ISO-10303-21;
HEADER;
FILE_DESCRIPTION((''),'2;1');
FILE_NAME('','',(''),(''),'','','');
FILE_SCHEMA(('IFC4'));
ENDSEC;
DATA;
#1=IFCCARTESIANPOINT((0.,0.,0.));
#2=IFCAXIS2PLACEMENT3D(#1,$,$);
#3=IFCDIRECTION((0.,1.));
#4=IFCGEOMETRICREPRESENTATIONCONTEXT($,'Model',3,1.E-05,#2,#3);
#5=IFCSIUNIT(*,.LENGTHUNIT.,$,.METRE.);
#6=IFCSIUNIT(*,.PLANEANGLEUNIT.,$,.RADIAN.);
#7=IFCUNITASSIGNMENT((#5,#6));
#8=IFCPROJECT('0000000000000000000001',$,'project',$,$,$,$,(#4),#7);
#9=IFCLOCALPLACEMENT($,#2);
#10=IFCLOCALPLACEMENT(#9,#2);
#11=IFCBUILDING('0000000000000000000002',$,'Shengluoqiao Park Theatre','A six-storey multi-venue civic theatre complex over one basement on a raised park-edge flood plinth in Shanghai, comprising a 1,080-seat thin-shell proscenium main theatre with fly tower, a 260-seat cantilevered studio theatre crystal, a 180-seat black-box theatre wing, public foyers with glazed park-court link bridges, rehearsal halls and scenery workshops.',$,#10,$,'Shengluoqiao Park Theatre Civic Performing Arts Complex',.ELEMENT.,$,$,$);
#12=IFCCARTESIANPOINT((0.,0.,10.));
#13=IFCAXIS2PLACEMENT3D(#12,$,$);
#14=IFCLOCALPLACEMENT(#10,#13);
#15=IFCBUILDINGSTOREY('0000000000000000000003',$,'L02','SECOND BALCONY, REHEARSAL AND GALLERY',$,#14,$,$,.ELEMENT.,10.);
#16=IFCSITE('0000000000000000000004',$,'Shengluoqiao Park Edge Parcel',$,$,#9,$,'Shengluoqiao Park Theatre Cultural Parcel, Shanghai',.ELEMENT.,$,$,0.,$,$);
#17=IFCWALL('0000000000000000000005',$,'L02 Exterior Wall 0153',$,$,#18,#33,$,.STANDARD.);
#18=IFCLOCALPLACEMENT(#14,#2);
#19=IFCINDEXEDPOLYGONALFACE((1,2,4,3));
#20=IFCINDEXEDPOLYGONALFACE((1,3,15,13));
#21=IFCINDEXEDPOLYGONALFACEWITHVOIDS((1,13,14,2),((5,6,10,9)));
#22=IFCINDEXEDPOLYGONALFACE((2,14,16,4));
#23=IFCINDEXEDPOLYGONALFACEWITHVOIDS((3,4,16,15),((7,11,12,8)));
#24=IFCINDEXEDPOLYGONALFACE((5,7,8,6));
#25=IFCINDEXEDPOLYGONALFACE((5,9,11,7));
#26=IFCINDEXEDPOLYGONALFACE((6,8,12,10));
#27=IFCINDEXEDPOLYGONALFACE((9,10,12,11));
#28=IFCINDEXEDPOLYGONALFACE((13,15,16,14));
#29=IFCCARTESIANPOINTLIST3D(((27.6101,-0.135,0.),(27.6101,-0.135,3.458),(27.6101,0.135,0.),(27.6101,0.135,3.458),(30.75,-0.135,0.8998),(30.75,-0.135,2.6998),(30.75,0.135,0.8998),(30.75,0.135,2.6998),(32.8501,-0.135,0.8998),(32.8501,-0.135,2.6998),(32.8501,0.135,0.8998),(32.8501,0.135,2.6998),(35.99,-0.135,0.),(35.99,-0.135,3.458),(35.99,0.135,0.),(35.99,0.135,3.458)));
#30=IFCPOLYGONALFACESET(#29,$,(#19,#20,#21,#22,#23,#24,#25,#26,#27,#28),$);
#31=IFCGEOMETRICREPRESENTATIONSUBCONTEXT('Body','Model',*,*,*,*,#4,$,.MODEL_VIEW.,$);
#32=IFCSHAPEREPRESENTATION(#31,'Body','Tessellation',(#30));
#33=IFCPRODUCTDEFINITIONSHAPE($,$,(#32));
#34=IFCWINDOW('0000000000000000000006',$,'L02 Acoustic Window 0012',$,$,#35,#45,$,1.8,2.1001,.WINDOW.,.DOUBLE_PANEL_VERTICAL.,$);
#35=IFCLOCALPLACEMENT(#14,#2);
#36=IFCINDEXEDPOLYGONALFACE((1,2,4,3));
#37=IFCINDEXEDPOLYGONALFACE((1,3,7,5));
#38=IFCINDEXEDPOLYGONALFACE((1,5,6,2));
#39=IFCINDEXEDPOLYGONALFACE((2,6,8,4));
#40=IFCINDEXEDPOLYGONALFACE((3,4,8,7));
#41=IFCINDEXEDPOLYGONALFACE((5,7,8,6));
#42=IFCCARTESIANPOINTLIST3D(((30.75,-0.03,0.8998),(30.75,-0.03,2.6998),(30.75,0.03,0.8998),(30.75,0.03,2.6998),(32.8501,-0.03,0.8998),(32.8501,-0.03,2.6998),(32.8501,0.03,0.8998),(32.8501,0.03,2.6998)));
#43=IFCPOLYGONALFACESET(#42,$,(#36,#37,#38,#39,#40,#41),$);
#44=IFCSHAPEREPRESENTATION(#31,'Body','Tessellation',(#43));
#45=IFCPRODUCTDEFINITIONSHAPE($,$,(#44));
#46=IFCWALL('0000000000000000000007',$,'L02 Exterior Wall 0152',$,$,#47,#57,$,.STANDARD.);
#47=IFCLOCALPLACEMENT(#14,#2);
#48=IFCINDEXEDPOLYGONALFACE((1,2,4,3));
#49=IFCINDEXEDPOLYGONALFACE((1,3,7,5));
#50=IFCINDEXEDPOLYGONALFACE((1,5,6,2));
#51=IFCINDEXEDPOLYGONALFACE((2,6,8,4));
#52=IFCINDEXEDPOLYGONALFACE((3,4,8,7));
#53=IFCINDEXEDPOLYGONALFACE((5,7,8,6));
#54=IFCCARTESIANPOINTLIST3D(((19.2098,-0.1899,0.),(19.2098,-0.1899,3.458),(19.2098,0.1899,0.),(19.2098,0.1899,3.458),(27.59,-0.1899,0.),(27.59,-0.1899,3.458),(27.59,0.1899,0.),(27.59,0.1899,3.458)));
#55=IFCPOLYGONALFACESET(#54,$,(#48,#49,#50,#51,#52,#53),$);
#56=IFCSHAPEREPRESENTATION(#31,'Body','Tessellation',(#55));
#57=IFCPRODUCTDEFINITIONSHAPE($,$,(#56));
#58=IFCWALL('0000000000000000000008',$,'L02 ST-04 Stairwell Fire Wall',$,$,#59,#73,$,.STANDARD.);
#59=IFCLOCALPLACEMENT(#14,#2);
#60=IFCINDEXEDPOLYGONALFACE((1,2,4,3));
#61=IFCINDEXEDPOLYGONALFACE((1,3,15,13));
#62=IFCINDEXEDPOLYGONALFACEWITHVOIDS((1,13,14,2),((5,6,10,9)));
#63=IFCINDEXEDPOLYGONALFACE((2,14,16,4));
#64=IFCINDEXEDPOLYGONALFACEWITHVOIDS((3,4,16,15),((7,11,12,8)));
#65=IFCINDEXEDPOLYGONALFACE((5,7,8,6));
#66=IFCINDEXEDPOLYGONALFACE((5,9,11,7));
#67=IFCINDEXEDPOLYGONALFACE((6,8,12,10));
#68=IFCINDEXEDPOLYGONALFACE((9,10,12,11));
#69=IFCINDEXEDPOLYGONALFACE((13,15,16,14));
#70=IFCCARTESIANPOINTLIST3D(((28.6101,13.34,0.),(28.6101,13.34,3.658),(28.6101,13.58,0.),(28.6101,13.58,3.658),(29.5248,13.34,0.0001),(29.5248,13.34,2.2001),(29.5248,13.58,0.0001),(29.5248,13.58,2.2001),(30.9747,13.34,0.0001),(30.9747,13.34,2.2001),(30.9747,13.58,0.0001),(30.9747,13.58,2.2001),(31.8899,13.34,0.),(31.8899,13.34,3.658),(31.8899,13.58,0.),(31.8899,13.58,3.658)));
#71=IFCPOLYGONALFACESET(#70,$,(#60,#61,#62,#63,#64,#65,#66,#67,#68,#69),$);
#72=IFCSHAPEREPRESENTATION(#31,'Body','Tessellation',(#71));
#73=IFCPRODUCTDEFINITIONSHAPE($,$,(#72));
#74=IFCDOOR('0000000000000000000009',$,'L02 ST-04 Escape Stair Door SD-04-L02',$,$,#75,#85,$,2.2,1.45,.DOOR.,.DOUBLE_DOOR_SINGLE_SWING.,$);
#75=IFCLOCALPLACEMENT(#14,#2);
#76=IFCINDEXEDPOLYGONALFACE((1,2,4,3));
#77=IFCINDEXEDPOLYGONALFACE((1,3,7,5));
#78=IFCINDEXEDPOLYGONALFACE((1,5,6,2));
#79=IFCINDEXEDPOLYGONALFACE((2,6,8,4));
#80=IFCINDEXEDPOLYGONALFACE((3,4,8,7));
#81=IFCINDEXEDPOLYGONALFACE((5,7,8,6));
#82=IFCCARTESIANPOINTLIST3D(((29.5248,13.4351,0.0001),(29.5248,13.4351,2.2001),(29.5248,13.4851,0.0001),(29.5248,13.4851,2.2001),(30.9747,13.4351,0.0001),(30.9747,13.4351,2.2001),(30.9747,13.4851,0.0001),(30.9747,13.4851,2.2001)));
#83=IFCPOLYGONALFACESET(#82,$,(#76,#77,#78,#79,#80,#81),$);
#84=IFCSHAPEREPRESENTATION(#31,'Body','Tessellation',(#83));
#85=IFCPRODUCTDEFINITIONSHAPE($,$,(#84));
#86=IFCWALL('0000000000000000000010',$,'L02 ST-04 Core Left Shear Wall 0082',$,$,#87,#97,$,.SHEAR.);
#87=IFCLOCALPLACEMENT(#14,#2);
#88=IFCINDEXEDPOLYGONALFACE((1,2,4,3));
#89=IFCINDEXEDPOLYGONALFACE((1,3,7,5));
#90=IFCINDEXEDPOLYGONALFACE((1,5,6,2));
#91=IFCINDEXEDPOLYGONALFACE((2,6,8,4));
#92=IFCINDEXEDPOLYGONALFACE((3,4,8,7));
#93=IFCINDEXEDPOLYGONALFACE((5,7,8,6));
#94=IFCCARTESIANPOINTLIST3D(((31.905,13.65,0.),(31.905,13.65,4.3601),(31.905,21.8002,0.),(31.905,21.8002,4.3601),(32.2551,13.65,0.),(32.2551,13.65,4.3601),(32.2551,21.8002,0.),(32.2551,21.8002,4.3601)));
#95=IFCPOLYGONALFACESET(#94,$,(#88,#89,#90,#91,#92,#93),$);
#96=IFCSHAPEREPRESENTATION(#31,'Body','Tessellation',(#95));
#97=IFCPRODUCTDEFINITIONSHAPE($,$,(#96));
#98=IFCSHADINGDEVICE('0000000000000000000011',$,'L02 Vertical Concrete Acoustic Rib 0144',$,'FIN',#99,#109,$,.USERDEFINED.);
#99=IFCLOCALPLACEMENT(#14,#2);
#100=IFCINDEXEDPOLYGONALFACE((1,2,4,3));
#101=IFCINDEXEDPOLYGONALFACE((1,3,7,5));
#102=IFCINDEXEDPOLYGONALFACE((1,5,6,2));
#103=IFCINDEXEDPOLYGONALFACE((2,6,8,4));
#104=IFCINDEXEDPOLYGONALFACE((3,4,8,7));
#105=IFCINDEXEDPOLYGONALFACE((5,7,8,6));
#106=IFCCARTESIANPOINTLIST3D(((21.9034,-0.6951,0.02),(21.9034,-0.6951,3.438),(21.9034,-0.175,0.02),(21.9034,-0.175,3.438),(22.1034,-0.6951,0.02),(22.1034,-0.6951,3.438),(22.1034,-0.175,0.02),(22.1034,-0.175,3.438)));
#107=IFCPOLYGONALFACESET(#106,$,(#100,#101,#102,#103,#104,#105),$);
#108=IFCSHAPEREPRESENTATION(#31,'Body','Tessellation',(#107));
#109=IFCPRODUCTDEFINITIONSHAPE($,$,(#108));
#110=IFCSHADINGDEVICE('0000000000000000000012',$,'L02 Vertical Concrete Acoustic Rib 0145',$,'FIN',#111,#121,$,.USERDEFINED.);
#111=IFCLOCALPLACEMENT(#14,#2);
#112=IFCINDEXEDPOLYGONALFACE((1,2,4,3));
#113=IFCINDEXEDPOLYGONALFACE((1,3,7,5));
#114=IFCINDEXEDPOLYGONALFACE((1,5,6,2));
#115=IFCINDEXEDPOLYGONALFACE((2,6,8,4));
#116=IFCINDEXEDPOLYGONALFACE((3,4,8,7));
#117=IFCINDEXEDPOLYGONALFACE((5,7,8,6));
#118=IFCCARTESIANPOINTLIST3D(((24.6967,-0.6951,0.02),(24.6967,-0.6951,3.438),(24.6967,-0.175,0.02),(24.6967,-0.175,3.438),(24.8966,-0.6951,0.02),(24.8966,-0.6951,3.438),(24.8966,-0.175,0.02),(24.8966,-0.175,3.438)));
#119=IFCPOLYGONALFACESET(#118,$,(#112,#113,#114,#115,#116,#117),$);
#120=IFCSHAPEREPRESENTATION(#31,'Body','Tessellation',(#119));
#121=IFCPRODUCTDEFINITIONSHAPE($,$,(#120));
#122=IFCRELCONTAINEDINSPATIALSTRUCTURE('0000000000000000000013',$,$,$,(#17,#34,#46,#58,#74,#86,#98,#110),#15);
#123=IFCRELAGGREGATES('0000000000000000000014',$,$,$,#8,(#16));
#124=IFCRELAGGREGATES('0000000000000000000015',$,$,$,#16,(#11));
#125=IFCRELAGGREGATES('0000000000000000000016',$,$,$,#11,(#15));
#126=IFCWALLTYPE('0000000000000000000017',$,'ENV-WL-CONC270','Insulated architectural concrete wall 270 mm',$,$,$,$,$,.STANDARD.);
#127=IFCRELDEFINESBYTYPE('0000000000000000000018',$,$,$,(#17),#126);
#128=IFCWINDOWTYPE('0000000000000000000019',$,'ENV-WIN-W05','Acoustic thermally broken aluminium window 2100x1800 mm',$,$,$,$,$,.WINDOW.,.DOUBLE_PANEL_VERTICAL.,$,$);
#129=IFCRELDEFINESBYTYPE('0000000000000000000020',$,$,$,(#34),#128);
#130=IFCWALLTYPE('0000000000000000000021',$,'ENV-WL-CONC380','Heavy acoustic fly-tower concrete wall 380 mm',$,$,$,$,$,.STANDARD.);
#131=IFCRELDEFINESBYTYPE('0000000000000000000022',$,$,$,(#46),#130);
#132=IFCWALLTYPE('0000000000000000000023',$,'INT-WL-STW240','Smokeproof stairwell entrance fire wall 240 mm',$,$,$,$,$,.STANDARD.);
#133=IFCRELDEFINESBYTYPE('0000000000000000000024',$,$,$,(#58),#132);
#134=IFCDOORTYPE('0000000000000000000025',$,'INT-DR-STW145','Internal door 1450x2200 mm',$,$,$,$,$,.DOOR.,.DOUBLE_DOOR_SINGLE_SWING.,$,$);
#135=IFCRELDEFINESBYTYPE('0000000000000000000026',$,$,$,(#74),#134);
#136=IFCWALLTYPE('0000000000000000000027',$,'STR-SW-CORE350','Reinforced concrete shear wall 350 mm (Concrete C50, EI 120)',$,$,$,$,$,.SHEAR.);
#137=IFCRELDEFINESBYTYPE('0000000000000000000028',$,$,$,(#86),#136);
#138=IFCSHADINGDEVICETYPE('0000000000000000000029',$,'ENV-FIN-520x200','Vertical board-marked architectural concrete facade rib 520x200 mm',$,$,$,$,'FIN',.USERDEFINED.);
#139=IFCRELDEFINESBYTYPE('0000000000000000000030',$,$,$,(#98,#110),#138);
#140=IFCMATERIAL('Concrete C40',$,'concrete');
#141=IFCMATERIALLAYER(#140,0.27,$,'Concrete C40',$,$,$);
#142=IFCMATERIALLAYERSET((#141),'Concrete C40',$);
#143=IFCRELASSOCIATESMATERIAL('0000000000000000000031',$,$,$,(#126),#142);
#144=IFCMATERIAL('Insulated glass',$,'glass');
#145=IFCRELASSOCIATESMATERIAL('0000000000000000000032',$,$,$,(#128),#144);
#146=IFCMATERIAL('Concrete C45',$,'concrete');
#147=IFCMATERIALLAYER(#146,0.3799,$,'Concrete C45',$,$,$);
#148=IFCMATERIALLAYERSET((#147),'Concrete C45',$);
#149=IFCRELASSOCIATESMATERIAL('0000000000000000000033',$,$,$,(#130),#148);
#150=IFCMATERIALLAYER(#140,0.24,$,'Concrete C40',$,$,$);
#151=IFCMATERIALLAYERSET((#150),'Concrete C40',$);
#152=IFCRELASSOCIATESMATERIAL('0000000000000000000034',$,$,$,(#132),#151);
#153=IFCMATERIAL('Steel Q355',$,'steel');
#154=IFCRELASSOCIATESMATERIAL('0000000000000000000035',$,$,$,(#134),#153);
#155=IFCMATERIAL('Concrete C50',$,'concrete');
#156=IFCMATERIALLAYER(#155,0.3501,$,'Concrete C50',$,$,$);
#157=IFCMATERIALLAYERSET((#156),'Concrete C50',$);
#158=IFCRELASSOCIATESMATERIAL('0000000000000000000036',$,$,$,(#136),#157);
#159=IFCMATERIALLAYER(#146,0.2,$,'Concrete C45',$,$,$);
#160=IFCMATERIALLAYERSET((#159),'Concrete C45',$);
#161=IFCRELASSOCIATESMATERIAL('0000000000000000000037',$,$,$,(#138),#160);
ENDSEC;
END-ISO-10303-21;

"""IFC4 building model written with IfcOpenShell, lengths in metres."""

from ifc_helpers import new_model, si_unit, direction, frame, frame_2d, origin, origin_2d, place, context, subcontext, project, spatial, rectangle, extrude, material, layer, layer_set, type_object, element, fill, save


model = new_model("IFC4")

# Units and contexts
model_context = context("Model", 3, precision=1e-05, world=origin(), true_north=direction((0.0, 1.0)))
body_context = subcontext(model_context, "Body", "Model", "MODEL_VIEW")
ifc_project = project(units=[si_unit("LENGTHUNIT", "METRE"), si_unit("PLANEANGLEUNIT", "RADIAN")], contexts=[model_context])

# Site, building, storey
site_placement = place(None, origin())
site = spatial("IfcSite", under=ifc_project, at=site_placement, Name="Shengluoqiao Park Edge Parcel", LongName="Shengluoqiao Park Theatre Cultural Parcel, Shanghai", CompositionType="ELEMENT", RefElevation=0.0)
building_placement = place(site_placement, origin())
building = spatial("IfcBuilding", under=site, at=building_placement, Name="Shengluoqiao Park Theatre", Description="A six-storey multi-venue civic theatre complex over one basement on a raised park-edge flood plinth in Shanghai, comprising a 1,080-seat thin-shell proscenium main theatre with fly tower, a 260-seat cantilevered studio theatre crystal, a 180-seat black-box theatre wing, public foyers with glazed park-court link bridges, rehearsal halls and scenery workshops.", LongName="Shengluoqiao Park Theatre Civic Performing Arts Complex", CompositionType="ELEMENT")
storey_placement = place(building_placement, frame((0.0, 0.0, 10.0)))
storey = spatial("IfcBuildingStorey", under=building, at=storey_placement, Name="L02", Description="SECOND BALCONY, REHEARSAL AND GALLERY", CompositionType="ELEMENT", Elevation=10.0)

# Shared definitions
ifc_material_1 = material(Name="Steel Q355", Category="steel")

# Wall, opening, window
ifc_material_2 = material(Name="Concrete C40", Category="concrete")
ifc_layer_1 = layer(ifc_material_2, 0.27, Name="Concrete C40")
ifc_layer_set_1 = layer_set([ifc_layer_1], Name="Concrete C40")
wall_type_1 = type_object("IfcWallType", Name="ENV-WL-CONC270", Description="Insulated architectural concrete wall 270 mm", PredefinedType="STANDARD", material=ifc_layer_set_1)
wall_1_placement = place(storey_placement, frame((27.6101, 0.0, 0.0), z_axis=(0.0, 0.0, 1.0), x_axis=(1.0, 0.0, 0.0)))
wall_1 = element("IfcWall", 1, at=wall_1_placement, inside=storey, type_object=wall_type_1, Name="L02 Exterior Wall 0153", PredefinedType="STANDARD", context=body_context, shape_type="SweptSolid", body=[
    extrude(rectangle(XDim=8.3799, YDim=0.27, at=frame_2d((4.1899, 0.0))), origin(), (0.0, 0.0, 1.0), 3.458),
])
opening_1_placement = place(wall_1_placement, frame((3.1399, 0.0, 0.8999)))
opening_1 = element("IfcOpeningElement", 2, at=opening_1_placement, cuts=wall_1, PredefinedType="OPENING", context=body_context, shape_type="SweptSolid", body=[
    extrude(rectangle(XDim=2.1001, YDim=1.8, at=frame_2d((1.05, 0.8999))), frame((0.0, 0.145, 0.0), z_axis=(0.0, -1.0, 0.0), x_axis=(1.0, 0.0, 0.0)), (0.0, 0.0, 1.0), 0.29),
])
ifc_material_3 = material(Name="Insulated glass", Category="glass")
window_type = type_object("IfcWindowType", Name="ENV-WIN-W05", Description="Acoustic thermally broken aluminium window 2100x1800 mm", PartitioningType="DOUBLE_PANEL_VERTICAL", PredefinedType="WINDOW", material=ifc_material_3)
window_placement = place(opening_1_placement, origin())
window = element("IfcWindow", 3, at=window_placement, inside=storey, type_object=window_type, Name="L02 Acoustic Window 0012", OverallHeight=1.8, OverallWidth=2.1001, PartitioningType="DOUBLE_PANEL_VERTICAL", PredefinedType="WINDOW", context=body_context, shape_type="SweptSolid", body=[
    extrude(rectangle(XDim=2.1001, YDim=1.8, at=frame_2d((1.05, 0.8999))), frame((0.0, 0.03, 0.0), z_axis=(0.0, -1.0, 0.0), x_axis=(1.0, 0.0, 0.0)), (0.0, 0.0, 1.0), 0.0601),
])
fill(opening_1, window)

# Wall
ifc_material_4 = material(Name="Concrete C45", Category="concrete")
ifc_layer_2 = layer(ifc_material_4, 0.3799, Name="Concrete C45")
ifc_layer_set_2 = layer_set([ifc_layer_2], Name="Concrete C45")
wall_type_2 = type_object("IfcWallType", Name="ENV-WL-CONC380", Description="Heavy acoustic fly-tower concrete wall 380 mm", PredefinedType="STANDARD", material=ifc_layer_set_2)
wall_2_placement = place(storey_placement, frame((19.21, 0.0, 0.0), z_axis=(0.0, 0.0, 1.0), x_axis=(1.0, 0.0, 0.0)))
element("IfcWall", 4, at=wall_2_placement, inside=storey, type_object=wall_type_2, Name="L02 Exterior Wall 0152", PredefinedType="STANDARD", context=body_context, shape_type="SweptSolid", body=[
    extrude(rectangle(XDim=8.3801, YDim=0.3799, at=frame_2d((4.1899, 0.0))), origin(), (0.0, 0.0, 1.0), 3.458),
])

# Wall, opening, door
ifc_layer_3 = layer(ifc_material_2, 0.24, Name="Concrete C40")
ifc_layer_set_3 = layer_set([ifc_layer_3], Name="Concrete C40")
wall_type_3 = type_object("IfcWallType", Name="INT-WL-STW240", Description="Smokeproof stairwell entrance fire wall 240 mm", PredefinedType="STANDARD", material=ifc_layer_set_3)
wall_3_placement = place(storey_placement, frame((31.8899, 13.46, 0.0), z_axis=(0.0, 0.0, 1.0), x_axis=(-1.0, 0.0, 0.0)))
wall_3 = element("IfcWall", 5, at=wall_3_placement, inside=storey, type_object=wall_type_3, Name="L02 ST-04 Stairwell Fire Wall", PredefinedType="STANDARD", context=body_context, shape_type="SweptSolid", body=[
    extrude(rectangle(XDim=3.2798, YDim=0.24, at=frame_2d((1.6399, 0.0))), origin(), (0.0, 0.0, 1.0), 3.658),
])
opening_2_placement = place(wall_3_placement, frame((0.915, 0.0, 0.0)))
opening_2 = element("IfcOpeningElement", 6, at=opening_2_placement, cuts=wall_3, PredefinedType="OPENING", context=body_context, shape_type="SweptSolid", body=[
    extrude(rectangle(XDim=1.45, YDim=2.2, at=frame_2d((0.7251, 1.1001))), frame((0.0, 0.1299, 0.0), z_axis=(0.0, -1.0, 0.0), x_axis=(1.0, 0.0, 0.0)), (0.0, 0.0, 1.0), 0.26),
])
door_type = type_object("IfcDoorType", Name="INT-DR-STW145", Description="Internal door 1450x2200 mm", OperationType="DOUBLE_DOOR_SINGLE_SWING", PredefinedType="DOOR", material=ifc_material_1)
door_placement = place(opening_2_placement, origin())
door = element("IfcDoor", 7, at=door_placement, inside=storey, type_object=door_type, Name="L02 ST-04 Escape Stair Door SD-04-L02", OperationType="DOUBLE_DOOR_SINGLE_SWING", OverallHeight=2.2, OverallWidth=1.45, PredefinedType="DOOR", context=body_context, shape_type="SweptSolid", body=[
    extrude(rectangle(XDim=1.45, YDim=2.2, at=frame_2d((0.7251, 1.1001))), frame((0.0, 0.0249, 0.0), z_axis=(0.0, -1.0, 0.0), x_axis=(1.0, 0.0, 0.0)), (0.0, 0.0, 1.0), 0.05),
])
fill(opening_2, door)

# Wall
ifc_material_5 = material(Name="Concrete C50", Category="concrete")
ifc_layer_4 = layer(ifc_material_5, 0.3501, Name="Concrete C50")
ifc_layer_set_4 = layer_set([ifc_layer_4], Name="Concrete C50")
wall_type_4 = type_object("IfcWallType", Name="STR-SW-CORE350", Description="Reinforced concrete shear wall 350 mm (Concrete C50, EI 120)", PredefinedType="SHEAR", material=ifc_layer_set_4)
wall_4_placement = place(storey_placement, frame((32.0801, 13.6499, 0.0), z_axis=(0.0, 0.0, 1.0), x_axis=(0.0, 1.0, 0.0)))
element("IfcWall", 8, at=wall_4_placement, inside=storey, type_object=wall_type_4, Name="L02 ST-04 Core Left Shear Wall 0082", PredefinedType="SHEAR", context=body_context, shape_type="SweptSolid", body=[
    extrude(rectangle(XDim=8.1501, YDim=0.3501, at=frame_2d((4.0752, 0.0))), origin(), (0.0, 0.0, 1.0), 4.3601),
])

# Shading devices
ifc_layer_5 = layer(ifc_material_4, 0.2, Name="Concrete C45")
ifc_layer_set_5 = layer_set([ifc_layer_5], Name="Concrete C45")
shading_device_type = type_object("IfcShadingDeviceType", Name="ENV-FIN-520x200", Description="Vertical board-marked architectural concrete facade rib 520x200 mm", ElementType="FIN", PredefinedType="USERDEFINED", material=ifc_layer_set_5)
for number, where, z_axis, x_axis, name in (
    (9, (22.0034, -0.4351, 0.02), (0.0, 0.0, 1.0), (0.0, -1.0, 0.0), "L02 Vertical Concrete Acoustic Rib 0144"),
    (10, (24.7966, -0.4351, 0.02), (0.0, 0.0, 1.0), (0.0, -1.0, 0.0), "L02 Vertical Concrete Acoustic Rib 0145"),
):
    element("IfcShadingDevice", number, at=place(storey_placement, frame(where, z_axis=z_axis, x_axis=x_axis)), inside=storey, type_object=shading_device_type, Name=name, ObjectType="FIN", PredefinedType="USERDEFINED", context=body_context, shape_type="SweptSolid", body=[
        extrude(rectangle(XDim=0.52, YDim=0.2, at=origin_2d()), origin(), (0.0, 0.0, 1.0), 3.418),
    ])

save(model, "model.ifc")
